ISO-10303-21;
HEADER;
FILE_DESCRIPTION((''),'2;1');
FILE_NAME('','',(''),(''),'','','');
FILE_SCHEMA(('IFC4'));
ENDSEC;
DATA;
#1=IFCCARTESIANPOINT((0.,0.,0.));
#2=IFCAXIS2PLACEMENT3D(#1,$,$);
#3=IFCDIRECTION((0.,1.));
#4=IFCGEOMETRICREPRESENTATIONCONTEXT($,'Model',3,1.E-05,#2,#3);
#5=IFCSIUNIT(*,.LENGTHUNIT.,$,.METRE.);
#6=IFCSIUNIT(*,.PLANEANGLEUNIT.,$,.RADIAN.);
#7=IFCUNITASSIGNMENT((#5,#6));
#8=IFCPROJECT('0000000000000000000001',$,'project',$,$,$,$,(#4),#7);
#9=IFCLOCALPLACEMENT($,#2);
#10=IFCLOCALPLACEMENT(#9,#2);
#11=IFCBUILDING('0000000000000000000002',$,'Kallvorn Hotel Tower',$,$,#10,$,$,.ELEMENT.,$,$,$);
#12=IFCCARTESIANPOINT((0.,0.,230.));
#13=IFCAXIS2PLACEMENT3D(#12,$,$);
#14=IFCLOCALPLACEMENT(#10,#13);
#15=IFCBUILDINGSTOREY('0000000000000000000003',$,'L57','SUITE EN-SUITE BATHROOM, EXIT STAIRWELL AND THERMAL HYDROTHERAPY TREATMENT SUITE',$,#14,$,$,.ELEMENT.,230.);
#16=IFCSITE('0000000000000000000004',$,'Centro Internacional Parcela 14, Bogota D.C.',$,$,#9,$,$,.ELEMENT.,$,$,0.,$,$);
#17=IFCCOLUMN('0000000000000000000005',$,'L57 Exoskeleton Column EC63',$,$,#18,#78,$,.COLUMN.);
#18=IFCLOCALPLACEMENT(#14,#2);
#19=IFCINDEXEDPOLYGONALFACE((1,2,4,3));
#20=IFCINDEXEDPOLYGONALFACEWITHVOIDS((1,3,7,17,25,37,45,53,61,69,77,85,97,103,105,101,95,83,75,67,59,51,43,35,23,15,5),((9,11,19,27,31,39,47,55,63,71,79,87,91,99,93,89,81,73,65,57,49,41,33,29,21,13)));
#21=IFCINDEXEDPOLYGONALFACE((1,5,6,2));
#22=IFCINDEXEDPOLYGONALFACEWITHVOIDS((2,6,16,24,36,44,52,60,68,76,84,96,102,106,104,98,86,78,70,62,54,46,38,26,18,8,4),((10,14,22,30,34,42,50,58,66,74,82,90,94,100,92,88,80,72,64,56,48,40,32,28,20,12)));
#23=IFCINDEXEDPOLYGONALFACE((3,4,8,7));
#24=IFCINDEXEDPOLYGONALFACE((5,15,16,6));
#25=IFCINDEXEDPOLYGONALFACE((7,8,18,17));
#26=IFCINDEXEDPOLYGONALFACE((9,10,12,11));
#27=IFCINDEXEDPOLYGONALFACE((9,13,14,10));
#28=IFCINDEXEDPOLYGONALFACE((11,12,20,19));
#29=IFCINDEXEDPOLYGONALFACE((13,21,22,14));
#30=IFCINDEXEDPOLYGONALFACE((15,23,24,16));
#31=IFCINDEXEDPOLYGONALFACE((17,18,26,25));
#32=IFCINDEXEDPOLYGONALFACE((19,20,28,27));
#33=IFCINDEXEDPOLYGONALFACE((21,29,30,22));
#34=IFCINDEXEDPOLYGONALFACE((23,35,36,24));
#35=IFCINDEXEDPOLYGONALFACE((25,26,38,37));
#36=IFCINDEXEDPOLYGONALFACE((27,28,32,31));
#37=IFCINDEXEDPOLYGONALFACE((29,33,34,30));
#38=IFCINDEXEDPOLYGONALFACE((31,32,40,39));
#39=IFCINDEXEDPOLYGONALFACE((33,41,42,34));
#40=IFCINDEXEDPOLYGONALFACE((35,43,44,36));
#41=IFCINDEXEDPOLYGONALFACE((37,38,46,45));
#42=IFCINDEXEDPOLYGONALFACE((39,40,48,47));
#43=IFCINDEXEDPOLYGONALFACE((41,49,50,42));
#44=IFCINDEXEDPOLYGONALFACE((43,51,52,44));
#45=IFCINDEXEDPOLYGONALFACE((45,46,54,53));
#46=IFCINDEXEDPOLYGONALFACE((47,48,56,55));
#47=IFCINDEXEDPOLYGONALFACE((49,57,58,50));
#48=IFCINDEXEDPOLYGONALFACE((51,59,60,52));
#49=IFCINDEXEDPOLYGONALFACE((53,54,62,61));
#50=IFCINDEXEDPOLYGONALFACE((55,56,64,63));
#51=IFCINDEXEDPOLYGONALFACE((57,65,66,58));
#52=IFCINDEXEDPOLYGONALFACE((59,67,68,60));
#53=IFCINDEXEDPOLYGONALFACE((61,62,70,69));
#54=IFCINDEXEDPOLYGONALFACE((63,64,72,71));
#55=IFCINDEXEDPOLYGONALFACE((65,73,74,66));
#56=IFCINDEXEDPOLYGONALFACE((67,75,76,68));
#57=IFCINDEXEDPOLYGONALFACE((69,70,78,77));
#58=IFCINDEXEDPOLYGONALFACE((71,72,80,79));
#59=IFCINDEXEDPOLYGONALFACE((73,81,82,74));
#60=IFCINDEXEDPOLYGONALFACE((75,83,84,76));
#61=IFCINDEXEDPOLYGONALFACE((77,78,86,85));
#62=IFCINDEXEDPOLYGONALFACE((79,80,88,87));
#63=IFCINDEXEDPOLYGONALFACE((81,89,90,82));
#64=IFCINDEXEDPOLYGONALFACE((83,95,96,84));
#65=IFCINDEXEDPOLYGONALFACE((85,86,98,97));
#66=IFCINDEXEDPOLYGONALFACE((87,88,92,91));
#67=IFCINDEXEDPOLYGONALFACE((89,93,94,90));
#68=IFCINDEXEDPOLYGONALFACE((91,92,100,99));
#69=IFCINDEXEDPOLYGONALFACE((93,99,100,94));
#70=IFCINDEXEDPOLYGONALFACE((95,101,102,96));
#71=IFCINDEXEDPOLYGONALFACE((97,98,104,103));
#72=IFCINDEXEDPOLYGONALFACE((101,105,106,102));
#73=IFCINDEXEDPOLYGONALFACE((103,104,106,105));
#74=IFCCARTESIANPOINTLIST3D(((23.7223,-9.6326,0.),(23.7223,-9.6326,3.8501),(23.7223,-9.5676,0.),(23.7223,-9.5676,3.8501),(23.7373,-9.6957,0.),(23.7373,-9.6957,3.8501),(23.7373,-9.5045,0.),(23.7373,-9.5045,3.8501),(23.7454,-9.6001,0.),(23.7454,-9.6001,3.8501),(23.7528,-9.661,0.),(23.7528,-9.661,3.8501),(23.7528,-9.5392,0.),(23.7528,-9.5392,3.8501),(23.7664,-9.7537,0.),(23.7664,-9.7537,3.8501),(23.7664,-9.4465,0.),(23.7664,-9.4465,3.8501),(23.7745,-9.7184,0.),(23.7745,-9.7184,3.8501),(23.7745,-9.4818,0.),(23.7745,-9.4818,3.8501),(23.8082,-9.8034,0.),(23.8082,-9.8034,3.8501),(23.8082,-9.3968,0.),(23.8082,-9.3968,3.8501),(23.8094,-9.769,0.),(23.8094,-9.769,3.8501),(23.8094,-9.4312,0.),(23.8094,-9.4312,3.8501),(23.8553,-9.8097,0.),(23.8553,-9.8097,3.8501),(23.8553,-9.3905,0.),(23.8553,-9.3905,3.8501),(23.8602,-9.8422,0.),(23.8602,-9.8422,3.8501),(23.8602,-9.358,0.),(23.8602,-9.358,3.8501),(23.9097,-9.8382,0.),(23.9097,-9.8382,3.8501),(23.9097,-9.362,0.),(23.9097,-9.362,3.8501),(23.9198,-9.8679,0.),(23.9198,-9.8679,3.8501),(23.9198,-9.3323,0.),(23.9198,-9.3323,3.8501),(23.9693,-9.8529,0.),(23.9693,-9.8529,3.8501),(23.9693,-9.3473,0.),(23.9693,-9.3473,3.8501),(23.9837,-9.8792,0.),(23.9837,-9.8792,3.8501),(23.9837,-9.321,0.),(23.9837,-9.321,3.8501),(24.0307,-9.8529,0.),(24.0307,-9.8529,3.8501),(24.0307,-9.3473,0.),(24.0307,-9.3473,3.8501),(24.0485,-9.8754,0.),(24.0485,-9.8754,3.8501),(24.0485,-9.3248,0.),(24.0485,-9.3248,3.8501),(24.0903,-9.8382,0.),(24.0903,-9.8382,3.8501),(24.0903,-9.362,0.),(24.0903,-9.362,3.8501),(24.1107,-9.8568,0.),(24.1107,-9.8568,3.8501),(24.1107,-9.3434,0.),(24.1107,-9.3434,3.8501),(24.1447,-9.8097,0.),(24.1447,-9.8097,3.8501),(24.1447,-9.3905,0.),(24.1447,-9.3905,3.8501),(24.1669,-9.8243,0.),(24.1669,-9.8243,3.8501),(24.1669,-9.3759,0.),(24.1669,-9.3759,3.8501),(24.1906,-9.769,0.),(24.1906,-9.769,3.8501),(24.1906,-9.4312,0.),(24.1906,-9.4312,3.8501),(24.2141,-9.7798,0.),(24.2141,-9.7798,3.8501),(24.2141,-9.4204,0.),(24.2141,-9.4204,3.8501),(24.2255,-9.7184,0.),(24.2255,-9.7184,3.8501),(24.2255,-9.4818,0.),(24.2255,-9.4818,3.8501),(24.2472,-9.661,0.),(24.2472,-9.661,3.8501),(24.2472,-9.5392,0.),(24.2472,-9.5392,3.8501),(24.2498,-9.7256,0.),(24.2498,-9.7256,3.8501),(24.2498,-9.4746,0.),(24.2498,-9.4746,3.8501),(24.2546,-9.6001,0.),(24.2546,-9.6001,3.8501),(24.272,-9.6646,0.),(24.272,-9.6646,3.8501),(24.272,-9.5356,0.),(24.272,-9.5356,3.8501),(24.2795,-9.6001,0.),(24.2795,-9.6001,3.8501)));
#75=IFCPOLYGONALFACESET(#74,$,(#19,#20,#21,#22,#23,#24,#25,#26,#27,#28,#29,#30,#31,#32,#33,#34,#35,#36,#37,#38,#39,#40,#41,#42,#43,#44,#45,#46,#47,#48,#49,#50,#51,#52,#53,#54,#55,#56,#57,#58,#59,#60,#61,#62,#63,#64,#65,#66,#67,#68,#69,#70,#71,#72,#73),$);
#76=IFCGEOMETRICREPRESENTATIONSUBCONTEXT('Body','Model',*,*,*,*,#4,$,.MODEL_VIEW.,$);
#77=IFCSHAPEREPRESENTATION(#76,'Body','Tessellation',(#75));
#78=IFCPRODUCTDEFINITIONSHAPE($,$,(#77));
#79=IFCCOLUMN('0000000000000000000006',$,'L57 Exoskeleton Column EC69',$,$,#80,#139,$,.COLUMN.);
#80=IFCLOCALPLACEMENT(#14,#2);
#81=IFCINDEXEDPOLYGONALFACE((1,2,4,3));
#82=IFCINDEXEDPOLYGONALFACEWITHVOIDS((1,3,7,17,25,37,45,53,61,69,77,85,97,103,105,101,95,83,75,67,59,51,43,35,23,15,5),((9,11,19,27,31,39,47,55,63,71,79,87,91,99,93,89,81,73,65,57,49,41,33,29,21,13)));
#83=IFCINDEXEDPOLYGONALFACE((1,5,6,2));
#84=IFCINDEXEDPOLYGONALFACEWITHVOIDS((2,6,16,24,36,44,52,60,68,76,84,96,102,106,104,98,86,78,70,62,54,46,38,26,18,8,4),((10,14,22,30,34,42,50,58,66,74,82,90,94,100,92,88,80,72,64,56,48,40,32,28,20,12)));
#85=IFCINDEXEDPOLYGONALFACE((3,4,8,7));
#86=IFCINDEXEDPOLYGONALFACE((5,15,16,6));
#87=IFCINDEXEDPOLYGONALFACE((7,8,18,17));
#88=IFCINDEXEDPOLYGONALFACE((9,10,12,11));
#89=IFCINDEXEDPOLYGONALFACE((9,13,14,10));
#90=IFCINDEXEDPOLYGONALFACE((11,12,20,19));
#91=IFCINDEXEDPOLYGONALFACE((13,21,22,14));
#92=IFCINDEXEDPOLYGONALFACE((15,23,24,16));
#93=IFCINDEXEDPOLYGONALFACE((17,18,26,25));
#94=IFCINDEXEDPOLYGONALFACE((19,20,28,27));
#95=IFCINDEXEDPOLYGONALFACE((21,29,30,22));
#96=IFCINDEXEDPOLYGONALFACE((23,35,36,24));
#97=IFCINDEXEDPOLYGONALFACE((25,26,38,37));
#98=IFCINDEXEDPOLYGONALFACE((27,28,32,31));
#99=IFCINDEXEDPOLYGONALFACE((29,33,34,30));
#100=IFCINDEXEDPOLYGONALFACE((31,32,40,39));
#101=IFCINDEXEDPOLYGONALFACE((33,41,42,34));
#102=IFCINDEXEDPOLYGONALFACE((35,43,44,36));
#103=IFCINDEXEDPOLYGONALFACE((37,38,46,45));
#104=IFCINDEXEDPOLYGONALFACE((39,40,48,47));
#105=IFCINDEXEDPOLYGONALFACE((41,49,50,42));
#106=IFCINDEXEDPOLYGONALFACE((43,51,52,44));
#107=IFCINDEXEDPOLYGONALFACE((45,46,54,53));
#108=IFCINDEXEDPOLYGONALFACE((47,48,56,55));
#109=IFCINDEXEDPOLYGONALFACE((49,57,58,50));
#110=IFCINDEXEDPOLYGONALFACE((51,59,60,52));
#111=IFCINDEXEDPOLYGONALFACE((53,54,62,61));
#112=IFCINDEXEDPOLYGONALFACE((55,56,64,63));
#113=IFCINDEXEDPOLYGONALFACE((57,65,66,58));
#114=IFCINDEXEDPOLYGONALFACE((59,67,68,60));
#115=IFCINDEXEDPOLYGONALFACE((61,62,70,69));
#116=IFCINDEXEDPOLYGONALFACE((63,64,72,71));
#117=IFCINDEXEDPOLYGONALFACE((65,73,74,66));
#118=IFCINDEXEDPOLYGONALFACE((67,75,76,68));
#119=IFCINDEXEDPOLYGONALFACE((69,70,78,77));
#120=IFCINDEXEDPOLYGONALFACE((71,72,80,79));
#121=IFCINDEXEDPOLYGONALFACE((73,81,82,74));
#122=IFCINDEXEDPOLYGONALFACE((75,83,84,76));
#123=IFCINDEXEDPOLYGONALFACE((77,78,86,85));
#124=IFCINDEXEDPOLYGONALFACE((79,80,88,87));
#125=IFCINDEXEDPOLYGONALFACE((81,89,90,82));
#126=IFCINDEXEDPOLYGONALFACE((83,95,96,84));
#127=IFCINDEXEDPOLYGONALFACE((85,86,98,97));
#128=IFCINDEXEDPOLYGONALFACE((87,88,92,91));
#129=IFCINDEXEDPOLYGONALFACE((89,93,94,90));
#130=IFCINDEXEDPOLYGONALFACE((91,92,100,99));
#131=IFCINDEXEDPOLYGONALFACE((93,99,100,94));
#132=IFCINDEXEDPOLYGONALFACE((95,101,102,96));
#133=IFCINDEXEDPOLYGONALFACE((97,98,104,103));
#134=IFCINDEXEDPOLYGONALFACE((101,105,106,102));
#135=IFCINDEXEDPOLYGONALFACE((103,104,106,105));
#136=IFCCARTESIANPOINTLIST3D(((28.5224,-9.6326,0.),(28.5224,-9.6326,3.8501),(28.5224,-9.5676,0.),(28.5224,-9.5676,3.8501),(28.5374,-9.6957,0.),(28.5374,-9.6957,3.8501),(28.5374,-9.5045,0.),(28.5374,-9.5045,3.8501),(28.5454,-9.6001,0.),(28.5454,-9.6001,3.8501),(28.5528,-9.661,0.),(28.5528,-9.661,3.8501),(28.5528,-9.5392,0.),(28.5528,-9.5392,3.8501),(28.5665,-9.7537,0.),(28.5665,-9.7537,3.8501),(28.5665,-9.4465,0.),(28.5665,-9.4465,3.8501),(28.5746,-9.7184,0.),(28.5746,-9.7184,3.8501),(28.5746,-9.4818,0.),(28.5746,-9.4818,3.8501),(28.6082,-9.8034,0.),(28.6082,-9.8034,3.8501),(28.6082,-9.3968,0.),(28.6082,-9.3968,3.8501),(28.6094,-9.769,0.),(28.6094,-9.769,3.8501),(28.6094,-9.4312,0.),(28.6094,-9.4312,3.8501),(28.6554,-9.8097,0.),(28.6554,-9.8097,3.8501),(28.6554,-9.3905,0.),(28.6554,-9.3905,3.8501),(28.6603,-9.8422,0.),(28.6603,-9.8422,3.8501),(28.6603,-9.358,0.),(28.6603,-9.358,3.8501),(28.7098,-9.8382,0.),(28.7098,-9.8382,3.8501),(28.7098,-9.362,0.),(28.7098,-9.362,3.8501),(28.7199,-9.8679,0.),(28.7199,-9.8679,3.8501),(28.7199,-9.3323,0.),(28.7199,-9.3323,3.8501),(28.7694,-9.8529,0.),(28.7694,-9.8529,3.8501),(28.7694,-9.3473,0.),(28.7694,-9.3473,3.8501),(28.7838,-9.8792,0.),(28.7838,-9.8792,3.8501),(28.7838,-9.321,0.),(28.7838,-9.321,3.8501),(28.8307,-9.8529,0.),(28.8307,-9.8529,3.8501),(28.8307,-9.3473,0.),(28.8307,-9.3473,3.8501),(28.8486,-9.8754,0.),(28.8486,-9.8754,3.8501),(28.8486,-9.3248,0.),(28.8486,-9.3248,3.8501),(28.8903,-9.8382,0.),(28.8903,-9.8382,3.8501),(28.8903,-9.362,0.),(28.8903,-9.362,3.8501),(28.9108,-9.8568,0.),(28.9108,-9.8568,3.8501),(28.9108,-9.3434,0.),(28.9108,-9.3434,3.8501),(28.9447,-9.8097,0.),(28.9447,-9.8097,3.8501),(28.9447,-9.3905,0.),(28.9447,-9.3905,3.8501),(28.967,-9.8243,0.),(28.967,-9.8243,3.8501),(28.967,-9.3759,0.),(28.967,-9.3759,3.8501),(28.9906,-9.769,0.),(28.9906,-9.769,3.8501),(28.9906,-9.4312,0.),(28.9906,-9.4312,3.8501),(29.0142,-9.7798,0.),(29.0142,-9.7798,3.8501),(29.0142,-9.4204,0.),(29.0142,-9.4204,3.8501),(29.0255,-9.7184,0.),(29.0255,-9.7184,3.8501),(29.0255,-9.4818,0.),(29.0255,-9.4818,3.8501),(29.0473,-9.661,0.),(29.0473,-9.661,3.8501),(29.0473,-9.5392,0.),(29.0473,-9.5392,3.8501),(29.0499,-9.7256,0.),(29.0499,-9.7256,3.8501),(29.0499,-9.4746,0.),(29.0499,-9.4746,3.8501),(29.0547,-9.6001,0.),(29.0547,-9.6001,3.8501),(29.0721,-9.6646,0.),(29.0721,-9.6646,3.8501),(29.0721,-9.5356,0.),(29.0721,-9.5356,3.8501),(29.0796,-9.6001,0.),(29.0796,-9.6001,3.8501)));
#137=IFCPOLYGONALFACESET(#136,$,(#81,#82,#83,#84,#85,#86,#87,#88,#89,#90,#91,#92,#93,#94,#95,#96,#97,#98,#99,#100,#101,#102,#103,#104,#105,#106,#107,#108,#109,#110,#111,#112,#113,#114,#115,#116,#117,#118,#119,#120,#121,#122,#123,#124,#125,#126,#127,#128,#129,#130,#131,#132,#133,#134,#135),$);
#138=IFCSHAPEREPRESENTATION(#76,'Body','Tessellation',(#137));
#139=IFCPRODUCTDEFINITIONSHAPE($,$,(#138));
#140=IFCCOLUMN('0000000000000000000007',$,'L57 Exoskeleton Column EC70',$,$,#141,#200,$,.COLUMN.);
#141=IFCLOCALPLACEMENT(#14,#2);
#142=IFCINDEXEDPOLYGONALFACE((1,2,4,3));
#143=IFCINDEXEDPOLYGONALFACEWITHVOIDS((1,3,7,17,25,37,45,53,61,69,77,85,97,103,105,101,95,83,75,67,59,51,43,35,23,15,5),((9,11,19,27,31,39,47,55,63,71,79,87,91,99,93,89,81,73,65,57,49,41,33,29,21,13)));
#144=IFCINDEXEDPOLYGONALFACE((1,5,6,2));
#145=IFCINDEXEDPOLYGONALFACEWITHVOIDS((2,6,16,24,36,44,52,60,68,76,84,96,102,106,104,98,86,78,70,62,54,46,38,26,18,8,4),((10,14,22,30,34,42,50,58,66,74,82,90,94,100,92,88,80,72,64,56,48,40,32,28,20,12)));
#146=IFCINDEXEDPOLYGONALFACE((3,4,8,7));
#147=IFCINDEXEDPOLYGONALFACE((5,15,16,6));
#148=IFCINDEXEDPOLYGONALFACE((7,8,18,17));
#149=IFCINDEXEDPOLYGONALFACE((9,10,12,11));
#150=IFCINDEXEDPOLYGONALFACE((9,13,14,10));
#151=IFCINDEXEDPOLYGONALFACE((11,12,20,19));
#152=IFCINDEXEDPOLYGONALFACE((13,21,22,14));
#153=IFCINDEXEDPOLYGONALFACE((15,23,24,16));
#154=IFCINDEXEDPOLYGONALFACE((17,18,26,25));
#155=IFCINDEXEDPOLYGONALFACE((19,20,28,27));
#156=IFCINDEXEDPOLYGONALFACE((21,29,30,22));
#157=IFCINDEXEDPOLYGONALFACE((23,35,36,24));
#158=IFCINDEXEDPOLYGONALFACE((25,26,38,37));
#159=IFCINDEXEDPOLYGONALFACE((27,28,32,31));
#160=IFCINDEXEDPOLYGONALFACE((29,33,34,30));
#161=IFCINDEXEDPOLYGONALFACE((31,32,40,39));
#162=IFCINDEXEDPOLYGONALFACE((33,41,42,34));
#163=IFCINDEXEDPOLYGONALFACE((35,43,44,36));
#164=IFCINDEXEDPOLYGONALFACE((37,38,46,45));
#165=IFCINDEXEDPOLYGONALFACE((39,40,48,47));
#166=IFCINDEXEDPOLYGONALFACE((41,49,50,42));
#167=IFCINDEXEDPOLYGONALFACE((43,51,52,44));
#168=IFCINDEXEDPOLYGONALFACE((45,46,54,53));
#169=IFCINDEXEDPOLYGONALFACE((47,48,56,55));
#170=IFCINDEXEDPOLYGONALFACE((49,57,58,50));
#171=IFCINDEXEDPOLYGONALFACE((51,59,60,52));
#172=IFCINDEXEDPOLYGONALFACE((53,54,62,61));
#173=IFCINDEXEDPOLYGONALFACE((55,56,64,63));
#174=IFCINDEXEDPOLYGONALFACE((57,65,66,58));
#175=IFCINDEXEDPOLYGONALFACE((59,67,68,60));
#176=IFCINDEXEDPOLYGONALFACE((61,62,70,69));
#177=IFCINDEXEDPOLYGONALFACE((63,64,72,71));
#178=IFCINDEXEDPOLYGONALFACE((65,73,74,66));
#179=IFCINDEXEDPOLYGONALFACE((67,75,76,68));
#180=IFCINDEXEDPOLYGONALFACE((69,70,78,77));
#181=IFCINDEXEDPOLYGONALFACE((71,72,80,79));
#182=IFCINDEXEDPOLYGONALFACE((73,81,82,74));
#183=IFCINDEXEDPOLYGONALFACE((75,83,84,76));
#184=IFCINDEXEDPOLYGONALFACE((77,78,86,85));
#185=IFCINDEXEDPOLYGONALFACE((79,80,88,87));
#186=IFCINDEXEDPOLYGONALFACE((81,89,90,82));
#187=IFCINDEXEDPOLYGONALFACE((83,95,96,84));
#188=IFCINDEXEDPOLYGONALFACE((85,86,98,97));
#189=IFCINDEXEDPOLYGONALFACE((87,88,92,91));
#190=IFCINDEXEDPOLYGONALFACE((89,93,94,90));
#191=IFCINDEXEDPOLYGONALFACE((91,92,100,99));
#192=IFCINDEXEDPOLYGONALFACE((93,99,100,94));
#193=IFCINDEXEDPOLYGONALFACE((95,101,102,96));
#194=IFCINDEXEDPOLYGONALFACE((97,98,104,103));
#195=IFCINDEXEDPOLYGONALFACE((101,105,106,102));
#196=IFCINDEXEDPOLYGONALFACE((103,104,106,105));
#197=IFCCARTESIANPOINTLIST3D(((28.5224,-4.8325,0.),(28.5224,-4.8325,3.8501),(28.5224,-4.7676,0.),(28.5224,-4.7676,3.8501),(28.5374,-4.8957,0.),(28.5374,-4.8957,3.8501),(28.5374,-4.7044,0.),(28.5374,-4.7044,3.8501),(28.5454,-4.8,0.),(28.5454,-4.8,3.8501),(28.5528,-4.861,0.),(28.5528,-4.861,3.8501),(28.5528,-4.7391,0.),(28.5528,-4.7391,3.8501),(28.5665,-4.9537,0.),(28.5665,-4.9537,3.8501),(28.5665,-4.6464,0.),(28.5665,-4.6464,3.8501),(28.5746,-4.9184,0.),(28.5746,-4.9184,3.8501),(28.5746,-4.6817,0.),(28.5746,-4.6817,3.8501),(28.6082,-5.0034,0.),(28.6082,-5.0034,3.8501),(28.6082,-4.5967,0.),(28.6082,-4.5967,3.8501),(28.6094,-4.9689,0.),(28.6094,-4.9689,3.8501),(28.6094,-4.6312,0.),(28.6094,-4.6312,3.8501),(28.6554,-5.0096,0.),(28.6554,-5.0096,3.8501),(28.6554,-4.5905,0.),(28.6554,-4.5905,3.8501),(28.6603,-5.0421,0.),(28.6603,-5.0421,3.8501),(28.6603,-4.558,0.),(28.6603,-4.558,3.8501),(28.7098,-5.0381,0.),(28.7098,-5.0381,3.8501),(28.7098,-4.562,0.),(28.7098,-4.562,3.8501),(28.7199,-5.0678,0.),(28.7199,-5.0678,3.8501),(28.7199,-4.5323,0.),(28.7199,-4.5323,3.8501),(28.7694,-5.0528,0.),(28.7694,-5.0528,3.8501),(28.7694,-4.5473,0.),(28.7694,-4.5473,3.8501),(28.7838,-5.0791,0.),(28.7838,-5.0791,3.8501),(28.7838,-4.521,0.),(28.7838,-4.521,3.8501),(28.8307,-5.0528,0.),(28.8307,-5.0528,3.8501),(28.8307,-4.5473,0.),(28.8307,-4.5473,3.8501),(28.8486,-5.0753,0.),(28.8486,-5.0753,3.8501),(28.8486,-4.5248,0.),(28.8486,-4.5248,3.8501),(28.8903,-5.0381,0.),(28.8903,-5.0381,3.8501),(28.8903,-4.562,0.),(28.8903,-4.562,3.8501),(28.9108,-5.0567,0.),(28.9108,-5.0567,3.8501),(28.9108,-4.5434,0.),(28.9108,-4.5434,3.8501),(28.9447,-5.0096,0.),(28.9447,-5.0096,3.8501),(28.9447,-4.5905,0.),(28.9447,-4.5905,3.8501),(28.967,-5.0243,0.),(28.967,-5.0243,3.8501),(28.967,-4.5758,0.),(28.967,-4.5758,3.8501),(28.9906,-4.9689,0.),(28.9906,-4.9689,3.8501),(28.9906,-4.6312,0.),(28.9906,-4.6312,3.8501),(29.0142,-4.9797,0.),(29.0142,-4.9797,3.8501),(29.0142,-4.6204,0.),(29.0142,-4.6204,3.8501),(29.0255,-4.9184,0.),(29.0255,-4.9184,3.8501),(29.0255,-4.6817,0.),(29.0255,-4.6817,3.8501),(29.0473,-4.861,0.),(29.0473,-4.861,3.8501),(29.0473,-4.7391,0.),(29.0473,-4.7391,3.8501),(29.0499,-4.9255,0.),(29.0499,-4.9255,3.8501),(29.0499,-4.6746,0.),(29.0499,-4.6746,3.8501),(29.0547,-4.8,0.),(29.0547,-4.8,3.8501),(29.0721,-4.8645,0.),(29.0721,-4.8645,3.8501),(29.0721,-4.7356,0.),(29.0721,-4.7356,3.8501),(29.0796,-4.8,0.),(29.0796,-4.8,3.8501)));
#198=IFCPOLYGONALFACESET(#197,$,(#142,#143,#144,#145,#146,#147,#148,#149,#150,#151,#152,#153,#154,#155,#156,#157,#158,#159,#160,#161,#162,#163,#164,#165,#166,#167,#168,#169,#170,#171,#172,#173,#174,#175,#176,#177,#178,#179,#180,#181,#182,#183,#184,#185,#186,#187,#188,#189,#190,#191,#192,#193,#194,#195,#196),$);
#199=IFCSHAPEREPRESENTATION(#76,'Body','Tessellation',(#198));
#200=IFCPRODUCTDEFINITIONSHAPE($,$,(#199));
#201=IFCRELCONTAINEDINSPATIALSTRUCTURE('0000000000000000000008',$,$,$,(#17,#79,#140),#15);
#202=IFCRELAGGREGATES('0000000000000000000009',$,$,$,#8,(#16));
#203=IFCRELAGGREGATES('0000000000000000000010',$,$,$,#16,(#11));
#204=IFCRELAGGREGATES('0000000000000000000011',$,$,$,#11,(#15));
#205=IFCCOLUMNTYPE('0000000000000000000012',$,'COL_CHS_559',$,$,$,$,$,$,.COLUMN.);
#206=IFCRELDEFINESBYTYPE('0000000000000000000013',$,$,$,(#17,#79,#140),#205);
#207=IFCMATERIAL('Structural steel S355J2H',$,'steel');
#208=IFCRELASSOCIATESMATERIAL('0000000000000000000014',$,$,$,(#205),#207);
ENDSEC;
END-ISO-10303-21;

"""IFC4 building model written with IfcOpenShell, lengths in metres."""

from ifc_helpers import new_model, si_unit, direction, frame, origin, origin_2d, place, context, subcontext, project, spatial, hollow_circle, extrude, material, material_profile, profile_set, type_object, element, save


model = new_model("IFC4")

# Units and contexts
model_context = context("Model", 3, precision=1e-05, world=origin(), true_north=direction((0.0, 1.0)))
body_context = subcontext(model_context, "Body", "Model", "MODEL_VIEW")
ifc_project = project(units=[si_unit("LENGTHUNIT", "METRE"), si_unit("PLANEANGLEUNIT", "RADIAN")], contexts=[model_context])

# Site, building, storey
site_placement = place(None, origin())
site = spatial("IfcSite", under=ifc_project, at=site_placement, Name="Centro Internacional Parcela 14, Bogota D.C.", CompositionType="ELEMENT", RefElevation=0.0)
building_placement = place(site_placement, origin())
building = spatial("IfcBuilding", under=site, at=building_placement, Name="Kallvorn Hotel Tower", CompositionType="ELEMENT")
storey_placement = place(building_placement, frame((0.0, 0.0, 230.0)))
storey = spatial("IfcBuildingStorey", under=building, at=storey_placement, Name="L57", Description="SUITE EN-SUITE BATHROOM, EXIT STAIRWELL AND THERMAL HYDROTHERAPY TREATMENT SUITE", CompositionType="ELEMENT", Elevation=230.0)

# Columns
ifc_material_1 = material(Name="Structural steel S355J2H", Category="steel")
ifc_material_profile_1 = material_profile(ifc_material_1, hollow_circle(Radius=0.2795, WallThickness=0.0249, at=origin_2d()), Name="CHS 559x25")
ifc_profile_set_1 = profile_set([ifc_material_profile_1], Name="Structural steel S355J2H")
column_type_1 = type_object("IfcColumnType", Name="COL_CHS_559", PredefinedType="COLUMN", material=ifc_profile_set_1)
for number, where, z_axis, x_axis, name in (
    (1, (24.0, -9.6001, 0.0), (0.0, 0.0, 1.0), (1.0, 0.0, 0.0), "L57 Exoskeleton Column EC63"),
    (2, (28.8, -9.6001, 0.0), (0.0, 0.0, 1.0), (1.0, 0.0, 0.0), "L57 Exoskeleton Column EC69"),
    (3, (28.8, -4.8, 0.0), (0.0, 0.0, 1.0), (1.0, 0.0, 0.0), "L57 Exoskeleton Column EC70"),
):
    element("IfcColumn", number, at=place(storey_placement, frame(where, z_axis=z_axis, x_axis=x_axis)), inside=storey, type_object=column_type_1, Name=name, PredefinedType="COLUMN", context=body_context, shape_type="SweptSolid", body=[
        extrude(hollow_circle(Radius=0.2795, WallThickness=0.0249, at=origin_2d()), origin(), (0.0, 0.0, 1.0), 3.8501),
    ])

save(model, "model.ifc")
